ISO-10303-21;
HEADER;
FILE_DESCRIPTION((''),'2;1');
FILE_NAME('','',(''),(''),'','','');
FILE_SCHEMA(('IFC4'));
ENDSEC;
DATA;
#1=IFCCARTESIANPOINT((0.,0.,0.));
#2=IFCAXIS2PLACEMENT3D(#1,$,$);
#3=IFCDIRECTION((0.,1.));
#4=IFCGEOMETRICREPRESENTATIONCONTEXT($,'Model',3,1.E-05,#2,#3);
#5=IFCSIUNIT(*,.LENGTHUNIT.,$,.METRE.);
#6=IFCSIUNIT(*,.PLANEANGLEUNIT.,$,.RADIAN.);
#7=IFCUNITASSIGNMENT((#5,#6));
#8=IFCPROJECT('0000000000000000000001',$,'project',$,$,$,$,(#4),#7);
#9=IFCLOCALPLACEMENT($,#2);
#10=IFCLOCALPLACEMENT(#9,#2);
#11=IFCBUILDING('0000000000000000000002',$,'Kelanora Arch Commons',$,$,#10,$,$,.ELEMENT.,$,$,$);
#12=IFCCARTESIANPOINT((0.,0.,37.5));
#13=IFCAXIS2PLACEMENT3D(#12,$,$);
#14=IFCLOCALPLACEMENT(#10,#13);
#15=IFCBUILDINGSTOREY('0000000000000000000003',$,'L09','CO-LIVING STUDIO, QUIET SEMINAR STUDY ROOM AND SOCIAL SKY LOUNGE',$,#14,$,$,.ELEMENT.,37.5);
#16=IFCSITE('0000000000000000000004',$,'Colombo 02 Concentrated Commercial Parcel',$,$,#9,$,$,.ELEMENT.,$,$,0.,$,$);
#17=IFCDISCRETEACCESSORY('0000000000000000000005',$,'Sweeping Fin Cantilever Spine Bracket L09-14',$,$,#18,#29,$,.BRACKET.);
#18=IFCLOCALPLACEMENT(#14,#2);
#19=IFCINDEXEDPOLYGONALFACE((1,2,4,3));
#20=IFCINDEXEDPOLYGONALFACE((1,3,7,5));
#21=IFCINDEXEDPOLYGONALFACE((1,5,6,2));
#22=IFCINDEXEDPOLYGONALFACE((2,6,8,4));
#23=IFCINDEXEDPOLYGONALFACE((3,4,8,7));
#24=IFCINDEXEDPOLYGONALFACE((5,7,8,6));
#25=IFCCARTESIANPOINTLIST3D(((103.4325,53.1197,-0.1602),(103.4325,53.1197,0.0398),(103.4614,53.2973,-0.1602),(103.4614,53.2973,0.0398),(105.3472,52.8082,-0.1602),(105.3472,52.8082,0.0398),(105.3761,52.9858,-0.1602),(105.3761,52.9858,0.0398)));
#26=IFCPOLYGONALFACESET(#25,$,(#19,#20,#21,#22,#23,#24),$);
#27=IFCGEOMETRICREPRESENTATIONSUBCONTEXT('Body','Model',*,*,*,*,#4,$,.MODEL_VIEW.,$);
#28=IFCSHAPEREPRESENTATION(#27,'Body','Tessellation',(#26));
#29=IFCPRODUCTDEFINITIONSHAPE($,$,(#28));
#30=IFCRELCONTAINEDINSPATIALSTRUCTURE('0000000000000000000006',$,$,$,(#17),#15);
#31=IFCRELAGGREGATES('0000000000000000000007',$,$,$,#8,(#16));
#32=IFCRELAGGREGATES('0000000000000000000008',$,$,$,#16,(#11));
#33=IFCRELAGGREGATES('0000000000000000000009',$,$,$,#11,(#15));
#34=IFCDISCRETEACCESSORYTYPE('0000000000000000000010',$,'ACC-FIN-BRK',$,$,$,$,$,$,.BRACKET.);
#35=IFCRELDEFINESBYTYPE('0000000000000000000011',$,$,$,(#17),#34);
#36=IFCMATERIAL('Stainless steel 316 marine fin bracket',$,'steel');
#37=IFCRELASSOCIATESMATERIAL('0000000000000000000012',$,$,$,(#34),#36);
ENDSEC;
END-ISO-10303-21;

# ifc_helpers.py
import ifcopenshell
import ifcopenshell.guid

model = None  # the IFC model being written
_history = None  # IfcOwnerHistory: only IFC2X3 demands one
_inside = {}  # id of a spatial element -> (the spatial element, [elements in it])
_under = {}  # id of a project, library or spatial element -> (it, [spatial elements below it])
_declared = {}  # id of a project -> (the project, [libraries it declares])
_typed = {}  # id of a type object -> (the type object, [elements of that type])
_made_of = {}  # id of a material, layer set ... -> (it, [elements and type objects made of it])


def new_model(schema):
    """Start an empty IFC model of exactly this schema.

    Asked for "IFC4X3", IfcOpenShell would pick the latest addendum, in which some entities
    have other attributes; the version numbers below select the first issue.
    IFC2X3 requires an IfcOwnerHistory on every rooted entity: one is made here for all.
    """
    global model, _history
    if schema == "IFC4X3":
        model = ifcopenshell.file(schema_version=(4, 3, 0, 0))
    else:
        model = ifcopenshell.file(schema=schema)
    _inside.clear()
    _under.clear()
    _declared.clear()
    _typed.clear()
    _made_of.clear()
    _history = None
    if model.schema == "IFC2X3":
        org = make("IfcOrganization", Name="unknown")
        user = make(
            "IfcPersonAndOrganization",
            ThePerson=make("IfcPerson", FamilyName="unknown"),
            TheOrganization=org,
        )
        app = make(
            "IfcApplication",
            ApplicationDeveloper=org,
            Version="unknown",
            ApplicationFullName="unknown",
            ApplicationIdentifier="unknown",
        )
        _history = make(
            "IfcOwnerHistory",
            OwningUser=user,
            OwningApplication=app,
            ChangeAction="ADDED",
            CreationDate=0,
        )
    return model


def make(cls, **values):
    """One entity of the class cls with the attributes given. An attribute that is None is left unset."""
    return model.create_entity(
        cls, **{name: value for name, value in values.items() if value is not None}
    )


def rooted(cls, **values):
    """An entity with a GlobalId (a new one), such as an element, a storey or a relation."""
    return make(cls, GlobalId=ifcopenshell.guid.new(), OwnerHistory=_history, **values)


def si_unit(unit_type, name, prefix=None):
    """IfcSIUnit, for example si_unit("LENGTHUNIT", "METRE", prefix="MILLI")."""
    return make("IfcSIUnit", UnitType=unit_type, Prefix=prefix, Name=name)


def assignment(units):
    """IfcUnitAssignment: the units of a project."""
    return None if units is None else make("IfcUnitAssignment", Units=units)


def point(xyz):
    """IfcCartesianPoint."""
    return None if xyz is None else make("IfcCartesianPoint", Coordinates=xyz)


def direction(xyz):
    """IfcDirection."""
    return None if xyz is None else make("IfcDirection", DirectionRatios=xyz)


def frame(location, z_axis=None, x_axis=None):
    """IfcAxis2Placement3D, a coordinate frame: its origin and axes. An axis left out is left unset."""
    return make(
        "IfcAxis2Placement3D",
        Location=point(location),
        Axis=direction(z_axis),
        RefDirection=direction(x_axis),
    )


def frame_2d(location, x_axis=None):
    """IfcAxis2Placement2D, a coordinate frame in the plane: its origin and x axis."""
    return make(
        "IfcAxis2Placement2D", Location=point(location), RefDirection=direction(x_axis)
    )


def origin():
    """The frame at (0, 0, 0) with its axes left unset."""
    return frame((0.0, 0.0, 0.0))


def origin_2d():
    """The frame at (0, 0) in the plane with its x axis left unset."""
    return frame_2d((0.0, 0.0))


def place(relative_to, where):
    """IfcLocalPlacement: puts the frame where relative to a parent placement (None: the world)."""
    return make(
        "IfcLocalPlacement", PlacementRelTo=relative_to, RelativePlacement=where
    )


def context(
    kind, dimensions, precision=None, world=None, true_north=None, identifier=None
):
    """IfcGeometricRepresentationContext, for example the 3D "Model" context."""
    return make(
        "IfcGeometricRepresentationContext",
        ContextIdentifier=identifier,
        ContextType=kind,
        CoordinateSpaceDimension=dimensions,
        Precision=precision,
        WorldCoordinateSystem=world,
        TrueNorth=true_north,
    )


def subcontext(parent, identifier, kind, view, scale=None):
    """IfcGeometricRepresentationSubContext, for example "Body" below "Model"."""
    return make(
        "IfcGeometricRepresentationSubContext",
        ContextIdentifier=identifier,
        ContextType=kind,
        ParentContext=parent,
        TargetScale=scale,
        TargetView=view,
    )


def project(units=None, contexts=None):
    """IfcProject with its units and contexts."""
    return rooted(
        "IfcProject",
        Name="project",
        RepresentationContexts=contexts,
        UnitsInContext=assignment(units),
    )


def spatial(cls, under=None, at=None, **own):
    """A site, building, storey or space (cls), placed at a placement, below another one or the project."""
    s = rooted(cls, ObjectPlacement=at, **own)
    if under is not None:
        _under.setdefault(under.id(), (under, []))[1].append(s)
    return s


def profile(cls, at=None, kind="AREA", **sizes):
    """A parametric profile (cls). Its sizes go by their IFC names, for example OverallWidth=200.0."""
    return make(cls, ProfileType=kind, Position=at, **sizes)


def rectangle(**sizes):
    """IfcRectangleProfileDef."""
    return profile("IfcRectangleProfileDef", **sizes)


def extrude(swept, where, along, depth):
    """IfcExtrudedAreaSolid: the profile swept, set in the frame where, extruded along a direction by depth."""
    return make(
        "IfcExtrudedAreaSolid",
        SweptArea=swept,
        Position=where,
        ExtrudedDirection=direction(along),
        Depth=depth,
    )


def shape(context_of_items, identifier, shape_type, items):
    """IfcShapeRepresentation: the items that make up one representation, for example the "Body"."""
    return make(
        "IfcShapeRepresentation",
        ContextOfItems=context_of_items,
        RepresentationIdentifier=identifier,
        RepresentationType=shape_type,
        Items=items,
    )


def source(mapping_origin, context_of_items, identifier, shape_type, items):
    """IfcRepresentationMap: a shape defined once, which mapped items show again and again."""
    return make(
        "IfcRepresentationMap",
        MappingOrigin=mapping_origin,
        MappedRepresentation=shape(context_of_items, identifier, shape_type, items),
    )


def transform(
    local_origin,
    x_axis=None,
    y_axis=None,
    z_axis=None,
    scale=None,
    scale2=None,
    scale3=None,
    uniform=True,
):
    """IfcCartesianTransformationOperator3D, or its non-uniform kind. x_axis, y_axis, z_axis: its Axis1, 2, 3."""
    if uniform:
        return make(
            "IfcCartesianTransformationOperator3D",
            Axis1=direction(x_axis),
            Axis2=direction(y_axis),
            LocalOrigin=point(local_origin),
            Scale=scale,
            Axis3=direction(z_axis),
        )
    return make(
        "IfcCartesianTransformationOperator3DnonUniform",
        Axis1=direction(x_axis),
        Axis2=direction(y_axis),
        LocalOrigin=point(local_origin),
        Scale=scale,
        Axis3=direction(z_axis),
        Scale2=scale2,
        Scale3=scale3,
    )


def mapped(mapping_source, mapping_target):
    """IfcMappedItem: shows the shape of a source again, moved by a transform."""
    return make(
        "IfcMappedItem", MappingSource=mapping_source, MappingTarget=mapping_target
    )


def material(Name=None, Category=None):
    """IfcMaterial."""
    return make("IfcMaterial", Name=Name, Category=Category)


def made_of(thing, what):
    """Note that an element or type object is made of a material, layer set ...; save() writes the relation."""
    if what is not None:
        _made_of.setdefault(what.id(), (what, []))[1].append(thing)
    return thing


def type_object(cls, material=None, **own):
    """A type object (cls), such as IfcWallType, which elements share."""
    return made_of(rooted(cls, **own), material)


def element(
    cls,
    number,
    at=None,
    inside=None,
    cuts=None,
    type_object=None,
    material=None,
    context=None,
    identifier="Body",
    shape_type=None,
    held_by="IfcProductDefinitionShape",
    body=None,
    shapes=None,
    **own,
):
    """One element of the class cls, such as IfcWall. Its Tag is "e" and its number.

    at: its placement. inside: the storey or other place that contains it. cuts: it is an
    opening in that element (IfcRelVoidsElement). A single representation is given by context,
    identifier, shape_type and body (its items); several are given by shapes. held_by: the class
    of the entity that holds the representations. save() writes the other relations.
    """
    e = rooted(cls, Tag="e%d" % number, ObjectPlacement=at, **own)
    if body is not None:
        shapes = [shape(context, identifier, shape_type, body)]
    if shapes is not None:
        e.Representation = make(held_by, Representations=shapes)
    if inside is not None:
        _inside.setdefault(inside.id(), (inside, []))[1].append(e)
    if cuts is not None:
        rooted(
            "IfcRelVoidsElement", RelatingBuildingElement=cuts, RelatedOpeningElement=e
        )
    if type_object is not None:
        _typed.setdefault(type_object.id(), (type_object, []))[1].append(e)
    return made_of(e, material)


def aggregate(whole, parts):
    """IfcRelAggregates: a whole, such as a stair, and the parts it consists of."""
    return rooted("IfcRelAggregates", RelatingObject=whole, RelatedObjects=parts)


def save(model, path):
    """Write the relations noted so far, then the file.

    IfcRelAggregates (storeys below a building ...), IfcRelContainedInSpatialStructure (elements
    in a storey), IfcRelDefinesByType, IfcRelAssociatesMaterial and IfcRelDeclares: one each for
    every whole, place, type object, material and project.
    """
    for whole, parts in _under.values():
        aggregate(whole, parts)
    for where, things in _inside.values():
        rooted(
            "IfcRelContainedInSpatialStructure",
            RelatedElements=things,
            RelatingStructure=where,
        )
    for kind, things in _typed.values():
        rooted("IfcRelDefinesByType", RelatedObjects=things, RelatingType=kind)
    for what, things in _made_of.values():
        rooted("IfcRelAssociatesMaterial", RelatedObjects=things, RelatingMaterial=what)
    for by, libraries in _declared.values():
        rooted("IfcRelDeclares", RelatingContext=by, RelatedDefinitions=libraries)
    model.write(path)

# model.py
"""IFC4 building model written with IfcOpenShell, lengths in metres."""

from ifc_helpers import new_model, si_unit, direction, frame, origin, origin_2d, place, context, subcontext, project, spatial, rectangle, extrude, source, transform, mapped, material, type_object, element, save


model = new_model("IFC4")

# Units and contexts
model_context = context("Model", 3, precision=1e-05, world=origin(), true_north=direction((0.0, 1.0)))
body_context = subcontext(model_context, "Body", "Model", "MODEL_VIEW")
ifc_project = project(units=[si_unit("LENGTHUNIT", "METRE"), si_unit("PLANEANGLEUNIT", "RADIAN")], contexts=[model_context])

# Site, building, storey
site_placement = place(None, origin())
site = spatial("IfcSite", under=ifc_project, at=site_placement, Name="Colombo 02 Concentrated Commercial Parcel", CompositionType="ELEMENT", RefElevation=0.0)
building_placement = place(site_placement, origin())
building = spatial("IfcBuilding", under=site, at=building_placement, Name="Kelanora Arch Commons", CompositionType="ELEMENT")
storey_placement = place(building_placement, frame((0.0, 0.0, 37.5)))
storey = spatial("IfcBuildingStorey", under=building, at=storey_placement, Name="L09", Description="CO-LIVING STUDIO, QUIET SEMINAR STUDY ROOM AND SOCIAL SKY LOUNGE", CompositionType="ELEMENT", Elevation=37.5)

# Discrete accessory
ifc_material_1 = material(Name="Stainless steel 316 marine fin bracket", Category="steel")
discrete_accessory_type = type_object("IfcDiscreteAccessoryType", Name="ACC-FIN-BRK", PredefinedType="BRACKET", material=ifc_material_1)
shared_shape_1 = source(origin(), body_context, "Body", "SweptSolid", [
    extrude(rectangle(XDim=1.9399, YDim=0.1799, at=origin_2d()), origin(), (0.0, 0.0, 1.0), 0.2),
])
discrete_accessory_placement = place(storey_placement, frame((104.4043, 53.0527, -0.1602), z_axis=(0.0, 0.0, 1.0), x_axis=(0.987024, -0.16057, 0.0)))
element("IfcDiscreteAccessory", 1, at=discrete_accessory_placement, inside=storey, type_object=discrete_accessory_type, Name="Sweeping Fin Cantilever Spine Bracket L09-14", PredefinedType="BRACKET", context=body_context, shape_type="MappedRepresentation", body=[
    mapped(shared_shape_1, transform((0.0, 0.0, 0.0), scale=1.0)),
])

save(model, "model.ifc")
